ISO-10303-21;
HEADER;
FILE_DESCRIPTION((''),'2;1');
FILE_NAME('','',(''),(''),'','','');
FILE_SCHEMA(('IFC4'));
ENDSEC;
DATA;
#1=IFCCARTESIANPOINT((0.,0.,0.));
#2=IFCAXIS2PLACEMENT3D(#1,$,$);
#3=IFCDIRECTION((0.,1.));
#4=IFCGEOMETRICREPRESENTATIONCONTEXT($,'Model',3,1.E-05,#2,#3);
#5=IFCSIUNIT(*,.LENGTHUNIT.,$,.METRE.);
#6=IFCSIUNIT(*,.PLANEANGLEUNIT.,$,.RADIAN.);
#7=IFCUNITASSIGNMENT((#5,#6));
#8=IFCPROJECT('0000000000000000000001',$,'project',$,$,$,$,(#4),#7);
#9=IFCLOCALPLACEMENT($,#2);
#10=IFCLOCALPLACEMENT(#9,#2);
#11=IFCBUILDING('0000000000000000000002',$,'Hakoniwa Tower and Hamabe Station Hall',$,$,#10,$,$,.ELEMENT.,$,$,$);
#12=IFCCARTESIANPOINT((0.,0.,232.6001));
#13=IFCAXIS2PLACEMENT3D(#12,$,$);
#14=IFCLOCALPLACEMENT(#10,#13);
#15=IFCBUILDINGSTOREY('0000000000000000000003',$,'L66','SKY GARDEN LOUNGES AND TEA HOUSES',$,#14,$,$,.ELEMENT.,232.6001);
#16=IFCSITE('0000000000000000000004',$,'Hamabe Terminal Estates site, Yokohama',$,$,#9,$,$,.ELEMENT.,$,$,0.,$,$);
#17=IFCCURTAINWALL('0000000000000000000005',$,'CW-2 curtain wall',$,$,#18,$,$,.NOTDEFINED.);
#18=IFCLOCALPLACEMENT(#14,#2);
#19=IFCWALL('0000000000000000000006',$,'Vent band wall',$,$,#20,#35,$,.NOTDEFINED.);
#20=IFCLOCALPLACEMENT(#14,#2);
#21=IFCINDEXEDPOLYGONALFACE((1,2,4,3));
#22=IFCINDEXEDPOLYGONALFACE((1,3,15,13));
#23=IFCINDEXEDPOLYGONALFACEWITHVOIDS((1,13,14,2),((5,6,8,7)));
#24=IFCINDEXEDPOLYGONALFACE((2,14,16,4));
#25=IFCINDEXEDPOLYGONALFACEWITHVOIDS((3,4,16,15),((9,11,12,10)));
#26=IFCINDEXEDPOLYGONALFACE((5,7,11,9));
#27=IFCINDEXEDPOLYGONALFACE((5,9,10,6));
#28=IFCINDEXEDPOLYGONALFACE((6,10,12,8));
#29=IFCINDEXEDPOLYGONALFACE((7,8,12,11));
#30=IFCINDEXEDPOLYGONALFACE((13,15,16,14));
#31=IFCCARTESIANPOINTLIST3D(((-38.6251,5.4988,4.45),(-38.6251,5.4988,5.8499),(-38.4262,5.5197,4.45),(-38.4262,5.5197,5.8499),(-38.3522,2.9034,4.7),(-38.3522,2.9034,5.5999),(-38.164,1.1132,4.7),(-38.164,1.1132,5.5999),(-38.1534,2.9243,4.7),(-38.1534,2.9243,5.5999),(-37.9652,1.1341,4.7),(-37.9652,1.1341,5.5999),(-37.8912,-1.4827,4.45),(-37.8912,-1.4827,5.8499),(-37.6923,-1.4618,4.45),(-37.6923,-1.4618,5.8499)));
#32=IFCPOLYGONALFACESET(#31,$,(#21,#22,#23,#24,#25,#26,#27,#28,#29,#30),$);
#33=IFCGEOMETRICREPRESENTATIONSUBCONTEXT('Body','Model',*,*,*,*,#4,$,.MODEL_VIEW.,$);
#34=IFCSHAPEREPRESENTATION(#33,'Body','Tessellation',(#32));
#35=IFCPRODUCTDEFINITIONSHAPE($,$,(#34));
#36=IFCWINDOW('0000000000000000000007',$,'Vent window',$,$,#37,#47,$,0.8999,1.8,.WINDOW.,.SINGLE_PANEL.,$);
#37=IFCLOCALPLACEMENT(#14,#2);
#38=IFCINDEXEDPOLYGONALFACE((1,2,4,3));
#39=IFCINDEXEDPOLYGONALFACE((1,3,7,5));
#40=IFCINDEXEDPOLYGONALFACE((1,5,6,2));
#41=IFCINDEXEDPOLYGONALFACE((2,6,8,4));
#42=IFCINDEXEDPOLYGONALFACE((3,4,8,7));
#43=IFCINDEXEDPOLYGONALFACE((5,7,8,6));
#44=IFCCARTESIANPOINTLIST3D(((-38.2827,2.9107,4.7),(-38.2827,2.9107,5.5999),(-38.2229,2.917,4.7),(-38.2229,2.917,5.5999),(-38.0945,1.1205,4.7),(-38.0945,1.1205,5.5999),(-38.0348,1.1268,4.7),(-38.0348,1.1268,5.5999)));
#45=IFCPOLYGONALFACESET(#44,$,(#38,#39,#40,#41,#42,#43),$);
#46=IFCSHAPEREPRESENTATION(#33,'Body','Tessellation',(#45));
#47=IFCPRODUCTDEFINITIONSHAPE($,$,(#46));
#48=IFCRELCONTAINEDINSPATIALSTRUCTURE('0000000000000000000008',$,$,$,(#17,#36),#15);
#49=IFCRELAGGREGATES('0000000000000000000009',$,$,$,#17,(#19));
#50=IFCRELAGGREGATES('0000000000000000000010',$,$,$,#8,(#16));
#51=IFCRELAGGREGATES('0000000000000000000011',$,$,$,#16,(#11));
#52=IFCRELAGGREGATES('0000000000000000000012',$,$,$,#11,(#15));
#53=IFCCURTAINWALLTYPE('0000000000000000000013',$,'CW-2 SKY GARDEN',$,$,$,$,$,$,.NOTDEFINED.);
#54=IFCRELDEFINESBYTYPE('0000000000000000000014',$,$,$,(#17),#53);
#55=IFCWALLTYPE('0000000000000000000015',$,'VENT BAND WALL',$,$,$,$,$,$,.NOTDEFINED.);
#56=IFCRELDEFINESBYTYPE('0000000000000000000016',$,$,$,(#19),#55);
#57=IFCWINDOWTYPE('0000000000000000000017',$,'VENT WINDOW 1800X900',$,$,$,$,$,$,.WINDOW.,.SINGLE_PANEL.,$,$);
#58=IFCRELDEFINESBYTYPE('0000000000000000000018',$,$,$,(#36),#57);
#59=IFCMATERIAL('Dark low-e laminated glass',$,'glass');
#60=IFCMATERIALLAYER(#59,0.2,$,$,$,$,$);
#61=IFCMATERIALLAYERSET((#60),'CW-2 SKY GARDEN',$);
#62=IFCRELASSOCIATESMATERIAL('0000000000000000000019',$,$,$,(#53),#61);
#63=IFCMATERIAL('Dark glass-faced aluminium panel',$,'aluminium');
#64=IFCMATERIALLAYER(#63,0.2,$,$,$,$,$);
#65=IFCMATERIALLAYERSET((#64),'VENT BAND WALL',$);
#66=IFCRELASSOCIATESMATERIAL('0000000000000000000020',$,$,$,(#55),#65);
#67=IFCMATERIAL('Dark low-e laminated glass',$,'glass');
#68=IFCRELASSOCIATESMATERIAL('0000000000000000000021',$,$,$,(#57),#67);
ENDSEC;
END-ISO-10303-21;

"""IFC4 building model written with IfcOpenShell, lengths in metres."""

from ifc_helpers import new_model, si_unit, direction, frame, frame_2d, origin, place, context, subcontext, project, spatial, rectangle, extrude, material, layer, layer_set, type_object, element, fill, aggregate, save


model = new_model("IFC4")

# Units and contexts
model_context = context("Model", 3, precision=1e-05, world=origin(), true_north=direction((0.0, 1.0)))
body_context = subcontext(model_context, "Body", "Model", "MODEL_VIEW")
ifc_project = project(units=[si_unit("LENGTHUNIT", "METRE"), si_unit("PLANEANGLEUNIT", "RADIAN")], contexts=[model_context])

# Site, building, storey
site_placement = place(None, origin())
site = spatial("IfcSite", under=ifc_project, at=site_placement, Name="Hamabe Terminal Estates site, Yokohama", CompositionType="ELEMENT", RefElevation=0.0)
building_placement = place(site_placement, origin())
building = spatial("IfcBuilding", under=site, at=building_placement, Name="Hakoniwa Tower and Hamabe Station Hall", CompositionType="ELEMENT")
storey_placement = place(building_placement, frame((0.0, 0.0, 232.6001)))
storey = spatial("IfcBuildingStorey", under=building, at=storey_placement, Name="L66", Description="SKY GARDEN LOUNGES AND TEA HOUSES", CompositionType="ELEMENT", Elevation=232.6001)

# Curtain wall
ifc_material_1 = material(Name="Dark low-e laminated glass", Category="glass")
ifc_layer_1 = layer(ifc_material_1, 0.2)
ifc_layer_set_1 = layer_set([ifc_layer_1], Name="CW-2 SKY GARDEN")
curtain_wall_type = type_object("IfcCurtainWallType", Name="CW-2 SKY GARDEN", PredefinedType="NOTDEFINED", material=ifc_layer_set_1)
curtain_wall_placement = place(storey_placement, origin())
curtain_wall = element("IfcCurtainWall", 1, at=curtain_wall_placement, inside=storey, type_object=curtain_wall_type, Name="CW-2 curtain wall", PredefinedType="NOTDEFINED")

# Wall, opening, window
ifc_material_2 = material(Name="Dark glass-faced aluminium panel", Category="aluminium")
ifc_layer_2 = layer(ifc_material_2, 0.2)
ifc_layer_set_2 = layer_set([ifc_layer_2], Name="VENT BAND WALL")
wall_type_1 = type_object("IfcWallType", Name="VENT BAND WALL", PredefinedType="NOTDEFINED", material=ifc_layer_set_2)
wall_1_placement = place(storey_placement, frame((-38.5256, 5.5093, 4.45), z_axis=(0.0, 0.0, 1.0), x_axis=(0.104544, -0.99452, 0.0)))
wall_1 = element("IfcWall", 2, at=wall_1_placement, type_object=wall_type_1, Name="Vent band wall", PredefinedType="NOTDEFINED", context=body_context, shape_type="SweptSolid", body=[
    extrude(rectangle(XDim=7.02, YDim=0.2, at=frame_2d((3.51, 0.0))), origin(), (0.0, 0.0, 1.0), 1.3999),
])
opening_1_placement = place(wall_1_placement, frame((2.6099, 0.0, 0.25)))
opening_1 = element("IfcOpeningElement", 3, at=opening_1_placement, cuts=wall_1, PredefinedType="OPENING", context=body_context, shape_type="SweptSolid", body=[
    extrude(rectangle(XDim=1.8, YDim=0.8999, at=frame_2d((0.8999, 0.45))), frame((0.0, 0.1099, 0.0), z_axis=(0.0, -1.0, 0.0), x_axis=(1.0, 0.0, 0.0)), (0.0, 0.0, 1.0), 0.22),
])
ifc_material_3 = material(Name="Dark low-e laminated glass", Category="glass")
window_type = type_object("IfcWindowType", Name="VENT WINDOW 1800X900", PartitioningType="SINGLE_PANEL", PredefinedType="WINDOW", material=ifc_material_3)
window_placement = place(opening_1_placement, origin())
window = element("IfcWindow", 4, at=window_placement, inside=storey, type_object=window_type, Name="Vent window", OverallHeight=0.8999, OverallWidth=1.8, PartitioningType="SINGLE_PANEL", PredefinedType="WINDOW", context=body_context, shape_type="SweptSolid", body=[
    extrude(rectangle(XDim=1.8, YDim=0.8999, at=frame_2d((0.8999, 0.45))), frame((0.0, 0.03, 0.0), z_axis=(0.0, -1.0, 0.0), x_axis=(1.0, 0.0, 0.0)), (0.0, 0.0, 1.0), 0.0601),
])
fill(opening_1, window)
aggregate(curtain_wall, [wall_1])

save(model, "model.ifc")
